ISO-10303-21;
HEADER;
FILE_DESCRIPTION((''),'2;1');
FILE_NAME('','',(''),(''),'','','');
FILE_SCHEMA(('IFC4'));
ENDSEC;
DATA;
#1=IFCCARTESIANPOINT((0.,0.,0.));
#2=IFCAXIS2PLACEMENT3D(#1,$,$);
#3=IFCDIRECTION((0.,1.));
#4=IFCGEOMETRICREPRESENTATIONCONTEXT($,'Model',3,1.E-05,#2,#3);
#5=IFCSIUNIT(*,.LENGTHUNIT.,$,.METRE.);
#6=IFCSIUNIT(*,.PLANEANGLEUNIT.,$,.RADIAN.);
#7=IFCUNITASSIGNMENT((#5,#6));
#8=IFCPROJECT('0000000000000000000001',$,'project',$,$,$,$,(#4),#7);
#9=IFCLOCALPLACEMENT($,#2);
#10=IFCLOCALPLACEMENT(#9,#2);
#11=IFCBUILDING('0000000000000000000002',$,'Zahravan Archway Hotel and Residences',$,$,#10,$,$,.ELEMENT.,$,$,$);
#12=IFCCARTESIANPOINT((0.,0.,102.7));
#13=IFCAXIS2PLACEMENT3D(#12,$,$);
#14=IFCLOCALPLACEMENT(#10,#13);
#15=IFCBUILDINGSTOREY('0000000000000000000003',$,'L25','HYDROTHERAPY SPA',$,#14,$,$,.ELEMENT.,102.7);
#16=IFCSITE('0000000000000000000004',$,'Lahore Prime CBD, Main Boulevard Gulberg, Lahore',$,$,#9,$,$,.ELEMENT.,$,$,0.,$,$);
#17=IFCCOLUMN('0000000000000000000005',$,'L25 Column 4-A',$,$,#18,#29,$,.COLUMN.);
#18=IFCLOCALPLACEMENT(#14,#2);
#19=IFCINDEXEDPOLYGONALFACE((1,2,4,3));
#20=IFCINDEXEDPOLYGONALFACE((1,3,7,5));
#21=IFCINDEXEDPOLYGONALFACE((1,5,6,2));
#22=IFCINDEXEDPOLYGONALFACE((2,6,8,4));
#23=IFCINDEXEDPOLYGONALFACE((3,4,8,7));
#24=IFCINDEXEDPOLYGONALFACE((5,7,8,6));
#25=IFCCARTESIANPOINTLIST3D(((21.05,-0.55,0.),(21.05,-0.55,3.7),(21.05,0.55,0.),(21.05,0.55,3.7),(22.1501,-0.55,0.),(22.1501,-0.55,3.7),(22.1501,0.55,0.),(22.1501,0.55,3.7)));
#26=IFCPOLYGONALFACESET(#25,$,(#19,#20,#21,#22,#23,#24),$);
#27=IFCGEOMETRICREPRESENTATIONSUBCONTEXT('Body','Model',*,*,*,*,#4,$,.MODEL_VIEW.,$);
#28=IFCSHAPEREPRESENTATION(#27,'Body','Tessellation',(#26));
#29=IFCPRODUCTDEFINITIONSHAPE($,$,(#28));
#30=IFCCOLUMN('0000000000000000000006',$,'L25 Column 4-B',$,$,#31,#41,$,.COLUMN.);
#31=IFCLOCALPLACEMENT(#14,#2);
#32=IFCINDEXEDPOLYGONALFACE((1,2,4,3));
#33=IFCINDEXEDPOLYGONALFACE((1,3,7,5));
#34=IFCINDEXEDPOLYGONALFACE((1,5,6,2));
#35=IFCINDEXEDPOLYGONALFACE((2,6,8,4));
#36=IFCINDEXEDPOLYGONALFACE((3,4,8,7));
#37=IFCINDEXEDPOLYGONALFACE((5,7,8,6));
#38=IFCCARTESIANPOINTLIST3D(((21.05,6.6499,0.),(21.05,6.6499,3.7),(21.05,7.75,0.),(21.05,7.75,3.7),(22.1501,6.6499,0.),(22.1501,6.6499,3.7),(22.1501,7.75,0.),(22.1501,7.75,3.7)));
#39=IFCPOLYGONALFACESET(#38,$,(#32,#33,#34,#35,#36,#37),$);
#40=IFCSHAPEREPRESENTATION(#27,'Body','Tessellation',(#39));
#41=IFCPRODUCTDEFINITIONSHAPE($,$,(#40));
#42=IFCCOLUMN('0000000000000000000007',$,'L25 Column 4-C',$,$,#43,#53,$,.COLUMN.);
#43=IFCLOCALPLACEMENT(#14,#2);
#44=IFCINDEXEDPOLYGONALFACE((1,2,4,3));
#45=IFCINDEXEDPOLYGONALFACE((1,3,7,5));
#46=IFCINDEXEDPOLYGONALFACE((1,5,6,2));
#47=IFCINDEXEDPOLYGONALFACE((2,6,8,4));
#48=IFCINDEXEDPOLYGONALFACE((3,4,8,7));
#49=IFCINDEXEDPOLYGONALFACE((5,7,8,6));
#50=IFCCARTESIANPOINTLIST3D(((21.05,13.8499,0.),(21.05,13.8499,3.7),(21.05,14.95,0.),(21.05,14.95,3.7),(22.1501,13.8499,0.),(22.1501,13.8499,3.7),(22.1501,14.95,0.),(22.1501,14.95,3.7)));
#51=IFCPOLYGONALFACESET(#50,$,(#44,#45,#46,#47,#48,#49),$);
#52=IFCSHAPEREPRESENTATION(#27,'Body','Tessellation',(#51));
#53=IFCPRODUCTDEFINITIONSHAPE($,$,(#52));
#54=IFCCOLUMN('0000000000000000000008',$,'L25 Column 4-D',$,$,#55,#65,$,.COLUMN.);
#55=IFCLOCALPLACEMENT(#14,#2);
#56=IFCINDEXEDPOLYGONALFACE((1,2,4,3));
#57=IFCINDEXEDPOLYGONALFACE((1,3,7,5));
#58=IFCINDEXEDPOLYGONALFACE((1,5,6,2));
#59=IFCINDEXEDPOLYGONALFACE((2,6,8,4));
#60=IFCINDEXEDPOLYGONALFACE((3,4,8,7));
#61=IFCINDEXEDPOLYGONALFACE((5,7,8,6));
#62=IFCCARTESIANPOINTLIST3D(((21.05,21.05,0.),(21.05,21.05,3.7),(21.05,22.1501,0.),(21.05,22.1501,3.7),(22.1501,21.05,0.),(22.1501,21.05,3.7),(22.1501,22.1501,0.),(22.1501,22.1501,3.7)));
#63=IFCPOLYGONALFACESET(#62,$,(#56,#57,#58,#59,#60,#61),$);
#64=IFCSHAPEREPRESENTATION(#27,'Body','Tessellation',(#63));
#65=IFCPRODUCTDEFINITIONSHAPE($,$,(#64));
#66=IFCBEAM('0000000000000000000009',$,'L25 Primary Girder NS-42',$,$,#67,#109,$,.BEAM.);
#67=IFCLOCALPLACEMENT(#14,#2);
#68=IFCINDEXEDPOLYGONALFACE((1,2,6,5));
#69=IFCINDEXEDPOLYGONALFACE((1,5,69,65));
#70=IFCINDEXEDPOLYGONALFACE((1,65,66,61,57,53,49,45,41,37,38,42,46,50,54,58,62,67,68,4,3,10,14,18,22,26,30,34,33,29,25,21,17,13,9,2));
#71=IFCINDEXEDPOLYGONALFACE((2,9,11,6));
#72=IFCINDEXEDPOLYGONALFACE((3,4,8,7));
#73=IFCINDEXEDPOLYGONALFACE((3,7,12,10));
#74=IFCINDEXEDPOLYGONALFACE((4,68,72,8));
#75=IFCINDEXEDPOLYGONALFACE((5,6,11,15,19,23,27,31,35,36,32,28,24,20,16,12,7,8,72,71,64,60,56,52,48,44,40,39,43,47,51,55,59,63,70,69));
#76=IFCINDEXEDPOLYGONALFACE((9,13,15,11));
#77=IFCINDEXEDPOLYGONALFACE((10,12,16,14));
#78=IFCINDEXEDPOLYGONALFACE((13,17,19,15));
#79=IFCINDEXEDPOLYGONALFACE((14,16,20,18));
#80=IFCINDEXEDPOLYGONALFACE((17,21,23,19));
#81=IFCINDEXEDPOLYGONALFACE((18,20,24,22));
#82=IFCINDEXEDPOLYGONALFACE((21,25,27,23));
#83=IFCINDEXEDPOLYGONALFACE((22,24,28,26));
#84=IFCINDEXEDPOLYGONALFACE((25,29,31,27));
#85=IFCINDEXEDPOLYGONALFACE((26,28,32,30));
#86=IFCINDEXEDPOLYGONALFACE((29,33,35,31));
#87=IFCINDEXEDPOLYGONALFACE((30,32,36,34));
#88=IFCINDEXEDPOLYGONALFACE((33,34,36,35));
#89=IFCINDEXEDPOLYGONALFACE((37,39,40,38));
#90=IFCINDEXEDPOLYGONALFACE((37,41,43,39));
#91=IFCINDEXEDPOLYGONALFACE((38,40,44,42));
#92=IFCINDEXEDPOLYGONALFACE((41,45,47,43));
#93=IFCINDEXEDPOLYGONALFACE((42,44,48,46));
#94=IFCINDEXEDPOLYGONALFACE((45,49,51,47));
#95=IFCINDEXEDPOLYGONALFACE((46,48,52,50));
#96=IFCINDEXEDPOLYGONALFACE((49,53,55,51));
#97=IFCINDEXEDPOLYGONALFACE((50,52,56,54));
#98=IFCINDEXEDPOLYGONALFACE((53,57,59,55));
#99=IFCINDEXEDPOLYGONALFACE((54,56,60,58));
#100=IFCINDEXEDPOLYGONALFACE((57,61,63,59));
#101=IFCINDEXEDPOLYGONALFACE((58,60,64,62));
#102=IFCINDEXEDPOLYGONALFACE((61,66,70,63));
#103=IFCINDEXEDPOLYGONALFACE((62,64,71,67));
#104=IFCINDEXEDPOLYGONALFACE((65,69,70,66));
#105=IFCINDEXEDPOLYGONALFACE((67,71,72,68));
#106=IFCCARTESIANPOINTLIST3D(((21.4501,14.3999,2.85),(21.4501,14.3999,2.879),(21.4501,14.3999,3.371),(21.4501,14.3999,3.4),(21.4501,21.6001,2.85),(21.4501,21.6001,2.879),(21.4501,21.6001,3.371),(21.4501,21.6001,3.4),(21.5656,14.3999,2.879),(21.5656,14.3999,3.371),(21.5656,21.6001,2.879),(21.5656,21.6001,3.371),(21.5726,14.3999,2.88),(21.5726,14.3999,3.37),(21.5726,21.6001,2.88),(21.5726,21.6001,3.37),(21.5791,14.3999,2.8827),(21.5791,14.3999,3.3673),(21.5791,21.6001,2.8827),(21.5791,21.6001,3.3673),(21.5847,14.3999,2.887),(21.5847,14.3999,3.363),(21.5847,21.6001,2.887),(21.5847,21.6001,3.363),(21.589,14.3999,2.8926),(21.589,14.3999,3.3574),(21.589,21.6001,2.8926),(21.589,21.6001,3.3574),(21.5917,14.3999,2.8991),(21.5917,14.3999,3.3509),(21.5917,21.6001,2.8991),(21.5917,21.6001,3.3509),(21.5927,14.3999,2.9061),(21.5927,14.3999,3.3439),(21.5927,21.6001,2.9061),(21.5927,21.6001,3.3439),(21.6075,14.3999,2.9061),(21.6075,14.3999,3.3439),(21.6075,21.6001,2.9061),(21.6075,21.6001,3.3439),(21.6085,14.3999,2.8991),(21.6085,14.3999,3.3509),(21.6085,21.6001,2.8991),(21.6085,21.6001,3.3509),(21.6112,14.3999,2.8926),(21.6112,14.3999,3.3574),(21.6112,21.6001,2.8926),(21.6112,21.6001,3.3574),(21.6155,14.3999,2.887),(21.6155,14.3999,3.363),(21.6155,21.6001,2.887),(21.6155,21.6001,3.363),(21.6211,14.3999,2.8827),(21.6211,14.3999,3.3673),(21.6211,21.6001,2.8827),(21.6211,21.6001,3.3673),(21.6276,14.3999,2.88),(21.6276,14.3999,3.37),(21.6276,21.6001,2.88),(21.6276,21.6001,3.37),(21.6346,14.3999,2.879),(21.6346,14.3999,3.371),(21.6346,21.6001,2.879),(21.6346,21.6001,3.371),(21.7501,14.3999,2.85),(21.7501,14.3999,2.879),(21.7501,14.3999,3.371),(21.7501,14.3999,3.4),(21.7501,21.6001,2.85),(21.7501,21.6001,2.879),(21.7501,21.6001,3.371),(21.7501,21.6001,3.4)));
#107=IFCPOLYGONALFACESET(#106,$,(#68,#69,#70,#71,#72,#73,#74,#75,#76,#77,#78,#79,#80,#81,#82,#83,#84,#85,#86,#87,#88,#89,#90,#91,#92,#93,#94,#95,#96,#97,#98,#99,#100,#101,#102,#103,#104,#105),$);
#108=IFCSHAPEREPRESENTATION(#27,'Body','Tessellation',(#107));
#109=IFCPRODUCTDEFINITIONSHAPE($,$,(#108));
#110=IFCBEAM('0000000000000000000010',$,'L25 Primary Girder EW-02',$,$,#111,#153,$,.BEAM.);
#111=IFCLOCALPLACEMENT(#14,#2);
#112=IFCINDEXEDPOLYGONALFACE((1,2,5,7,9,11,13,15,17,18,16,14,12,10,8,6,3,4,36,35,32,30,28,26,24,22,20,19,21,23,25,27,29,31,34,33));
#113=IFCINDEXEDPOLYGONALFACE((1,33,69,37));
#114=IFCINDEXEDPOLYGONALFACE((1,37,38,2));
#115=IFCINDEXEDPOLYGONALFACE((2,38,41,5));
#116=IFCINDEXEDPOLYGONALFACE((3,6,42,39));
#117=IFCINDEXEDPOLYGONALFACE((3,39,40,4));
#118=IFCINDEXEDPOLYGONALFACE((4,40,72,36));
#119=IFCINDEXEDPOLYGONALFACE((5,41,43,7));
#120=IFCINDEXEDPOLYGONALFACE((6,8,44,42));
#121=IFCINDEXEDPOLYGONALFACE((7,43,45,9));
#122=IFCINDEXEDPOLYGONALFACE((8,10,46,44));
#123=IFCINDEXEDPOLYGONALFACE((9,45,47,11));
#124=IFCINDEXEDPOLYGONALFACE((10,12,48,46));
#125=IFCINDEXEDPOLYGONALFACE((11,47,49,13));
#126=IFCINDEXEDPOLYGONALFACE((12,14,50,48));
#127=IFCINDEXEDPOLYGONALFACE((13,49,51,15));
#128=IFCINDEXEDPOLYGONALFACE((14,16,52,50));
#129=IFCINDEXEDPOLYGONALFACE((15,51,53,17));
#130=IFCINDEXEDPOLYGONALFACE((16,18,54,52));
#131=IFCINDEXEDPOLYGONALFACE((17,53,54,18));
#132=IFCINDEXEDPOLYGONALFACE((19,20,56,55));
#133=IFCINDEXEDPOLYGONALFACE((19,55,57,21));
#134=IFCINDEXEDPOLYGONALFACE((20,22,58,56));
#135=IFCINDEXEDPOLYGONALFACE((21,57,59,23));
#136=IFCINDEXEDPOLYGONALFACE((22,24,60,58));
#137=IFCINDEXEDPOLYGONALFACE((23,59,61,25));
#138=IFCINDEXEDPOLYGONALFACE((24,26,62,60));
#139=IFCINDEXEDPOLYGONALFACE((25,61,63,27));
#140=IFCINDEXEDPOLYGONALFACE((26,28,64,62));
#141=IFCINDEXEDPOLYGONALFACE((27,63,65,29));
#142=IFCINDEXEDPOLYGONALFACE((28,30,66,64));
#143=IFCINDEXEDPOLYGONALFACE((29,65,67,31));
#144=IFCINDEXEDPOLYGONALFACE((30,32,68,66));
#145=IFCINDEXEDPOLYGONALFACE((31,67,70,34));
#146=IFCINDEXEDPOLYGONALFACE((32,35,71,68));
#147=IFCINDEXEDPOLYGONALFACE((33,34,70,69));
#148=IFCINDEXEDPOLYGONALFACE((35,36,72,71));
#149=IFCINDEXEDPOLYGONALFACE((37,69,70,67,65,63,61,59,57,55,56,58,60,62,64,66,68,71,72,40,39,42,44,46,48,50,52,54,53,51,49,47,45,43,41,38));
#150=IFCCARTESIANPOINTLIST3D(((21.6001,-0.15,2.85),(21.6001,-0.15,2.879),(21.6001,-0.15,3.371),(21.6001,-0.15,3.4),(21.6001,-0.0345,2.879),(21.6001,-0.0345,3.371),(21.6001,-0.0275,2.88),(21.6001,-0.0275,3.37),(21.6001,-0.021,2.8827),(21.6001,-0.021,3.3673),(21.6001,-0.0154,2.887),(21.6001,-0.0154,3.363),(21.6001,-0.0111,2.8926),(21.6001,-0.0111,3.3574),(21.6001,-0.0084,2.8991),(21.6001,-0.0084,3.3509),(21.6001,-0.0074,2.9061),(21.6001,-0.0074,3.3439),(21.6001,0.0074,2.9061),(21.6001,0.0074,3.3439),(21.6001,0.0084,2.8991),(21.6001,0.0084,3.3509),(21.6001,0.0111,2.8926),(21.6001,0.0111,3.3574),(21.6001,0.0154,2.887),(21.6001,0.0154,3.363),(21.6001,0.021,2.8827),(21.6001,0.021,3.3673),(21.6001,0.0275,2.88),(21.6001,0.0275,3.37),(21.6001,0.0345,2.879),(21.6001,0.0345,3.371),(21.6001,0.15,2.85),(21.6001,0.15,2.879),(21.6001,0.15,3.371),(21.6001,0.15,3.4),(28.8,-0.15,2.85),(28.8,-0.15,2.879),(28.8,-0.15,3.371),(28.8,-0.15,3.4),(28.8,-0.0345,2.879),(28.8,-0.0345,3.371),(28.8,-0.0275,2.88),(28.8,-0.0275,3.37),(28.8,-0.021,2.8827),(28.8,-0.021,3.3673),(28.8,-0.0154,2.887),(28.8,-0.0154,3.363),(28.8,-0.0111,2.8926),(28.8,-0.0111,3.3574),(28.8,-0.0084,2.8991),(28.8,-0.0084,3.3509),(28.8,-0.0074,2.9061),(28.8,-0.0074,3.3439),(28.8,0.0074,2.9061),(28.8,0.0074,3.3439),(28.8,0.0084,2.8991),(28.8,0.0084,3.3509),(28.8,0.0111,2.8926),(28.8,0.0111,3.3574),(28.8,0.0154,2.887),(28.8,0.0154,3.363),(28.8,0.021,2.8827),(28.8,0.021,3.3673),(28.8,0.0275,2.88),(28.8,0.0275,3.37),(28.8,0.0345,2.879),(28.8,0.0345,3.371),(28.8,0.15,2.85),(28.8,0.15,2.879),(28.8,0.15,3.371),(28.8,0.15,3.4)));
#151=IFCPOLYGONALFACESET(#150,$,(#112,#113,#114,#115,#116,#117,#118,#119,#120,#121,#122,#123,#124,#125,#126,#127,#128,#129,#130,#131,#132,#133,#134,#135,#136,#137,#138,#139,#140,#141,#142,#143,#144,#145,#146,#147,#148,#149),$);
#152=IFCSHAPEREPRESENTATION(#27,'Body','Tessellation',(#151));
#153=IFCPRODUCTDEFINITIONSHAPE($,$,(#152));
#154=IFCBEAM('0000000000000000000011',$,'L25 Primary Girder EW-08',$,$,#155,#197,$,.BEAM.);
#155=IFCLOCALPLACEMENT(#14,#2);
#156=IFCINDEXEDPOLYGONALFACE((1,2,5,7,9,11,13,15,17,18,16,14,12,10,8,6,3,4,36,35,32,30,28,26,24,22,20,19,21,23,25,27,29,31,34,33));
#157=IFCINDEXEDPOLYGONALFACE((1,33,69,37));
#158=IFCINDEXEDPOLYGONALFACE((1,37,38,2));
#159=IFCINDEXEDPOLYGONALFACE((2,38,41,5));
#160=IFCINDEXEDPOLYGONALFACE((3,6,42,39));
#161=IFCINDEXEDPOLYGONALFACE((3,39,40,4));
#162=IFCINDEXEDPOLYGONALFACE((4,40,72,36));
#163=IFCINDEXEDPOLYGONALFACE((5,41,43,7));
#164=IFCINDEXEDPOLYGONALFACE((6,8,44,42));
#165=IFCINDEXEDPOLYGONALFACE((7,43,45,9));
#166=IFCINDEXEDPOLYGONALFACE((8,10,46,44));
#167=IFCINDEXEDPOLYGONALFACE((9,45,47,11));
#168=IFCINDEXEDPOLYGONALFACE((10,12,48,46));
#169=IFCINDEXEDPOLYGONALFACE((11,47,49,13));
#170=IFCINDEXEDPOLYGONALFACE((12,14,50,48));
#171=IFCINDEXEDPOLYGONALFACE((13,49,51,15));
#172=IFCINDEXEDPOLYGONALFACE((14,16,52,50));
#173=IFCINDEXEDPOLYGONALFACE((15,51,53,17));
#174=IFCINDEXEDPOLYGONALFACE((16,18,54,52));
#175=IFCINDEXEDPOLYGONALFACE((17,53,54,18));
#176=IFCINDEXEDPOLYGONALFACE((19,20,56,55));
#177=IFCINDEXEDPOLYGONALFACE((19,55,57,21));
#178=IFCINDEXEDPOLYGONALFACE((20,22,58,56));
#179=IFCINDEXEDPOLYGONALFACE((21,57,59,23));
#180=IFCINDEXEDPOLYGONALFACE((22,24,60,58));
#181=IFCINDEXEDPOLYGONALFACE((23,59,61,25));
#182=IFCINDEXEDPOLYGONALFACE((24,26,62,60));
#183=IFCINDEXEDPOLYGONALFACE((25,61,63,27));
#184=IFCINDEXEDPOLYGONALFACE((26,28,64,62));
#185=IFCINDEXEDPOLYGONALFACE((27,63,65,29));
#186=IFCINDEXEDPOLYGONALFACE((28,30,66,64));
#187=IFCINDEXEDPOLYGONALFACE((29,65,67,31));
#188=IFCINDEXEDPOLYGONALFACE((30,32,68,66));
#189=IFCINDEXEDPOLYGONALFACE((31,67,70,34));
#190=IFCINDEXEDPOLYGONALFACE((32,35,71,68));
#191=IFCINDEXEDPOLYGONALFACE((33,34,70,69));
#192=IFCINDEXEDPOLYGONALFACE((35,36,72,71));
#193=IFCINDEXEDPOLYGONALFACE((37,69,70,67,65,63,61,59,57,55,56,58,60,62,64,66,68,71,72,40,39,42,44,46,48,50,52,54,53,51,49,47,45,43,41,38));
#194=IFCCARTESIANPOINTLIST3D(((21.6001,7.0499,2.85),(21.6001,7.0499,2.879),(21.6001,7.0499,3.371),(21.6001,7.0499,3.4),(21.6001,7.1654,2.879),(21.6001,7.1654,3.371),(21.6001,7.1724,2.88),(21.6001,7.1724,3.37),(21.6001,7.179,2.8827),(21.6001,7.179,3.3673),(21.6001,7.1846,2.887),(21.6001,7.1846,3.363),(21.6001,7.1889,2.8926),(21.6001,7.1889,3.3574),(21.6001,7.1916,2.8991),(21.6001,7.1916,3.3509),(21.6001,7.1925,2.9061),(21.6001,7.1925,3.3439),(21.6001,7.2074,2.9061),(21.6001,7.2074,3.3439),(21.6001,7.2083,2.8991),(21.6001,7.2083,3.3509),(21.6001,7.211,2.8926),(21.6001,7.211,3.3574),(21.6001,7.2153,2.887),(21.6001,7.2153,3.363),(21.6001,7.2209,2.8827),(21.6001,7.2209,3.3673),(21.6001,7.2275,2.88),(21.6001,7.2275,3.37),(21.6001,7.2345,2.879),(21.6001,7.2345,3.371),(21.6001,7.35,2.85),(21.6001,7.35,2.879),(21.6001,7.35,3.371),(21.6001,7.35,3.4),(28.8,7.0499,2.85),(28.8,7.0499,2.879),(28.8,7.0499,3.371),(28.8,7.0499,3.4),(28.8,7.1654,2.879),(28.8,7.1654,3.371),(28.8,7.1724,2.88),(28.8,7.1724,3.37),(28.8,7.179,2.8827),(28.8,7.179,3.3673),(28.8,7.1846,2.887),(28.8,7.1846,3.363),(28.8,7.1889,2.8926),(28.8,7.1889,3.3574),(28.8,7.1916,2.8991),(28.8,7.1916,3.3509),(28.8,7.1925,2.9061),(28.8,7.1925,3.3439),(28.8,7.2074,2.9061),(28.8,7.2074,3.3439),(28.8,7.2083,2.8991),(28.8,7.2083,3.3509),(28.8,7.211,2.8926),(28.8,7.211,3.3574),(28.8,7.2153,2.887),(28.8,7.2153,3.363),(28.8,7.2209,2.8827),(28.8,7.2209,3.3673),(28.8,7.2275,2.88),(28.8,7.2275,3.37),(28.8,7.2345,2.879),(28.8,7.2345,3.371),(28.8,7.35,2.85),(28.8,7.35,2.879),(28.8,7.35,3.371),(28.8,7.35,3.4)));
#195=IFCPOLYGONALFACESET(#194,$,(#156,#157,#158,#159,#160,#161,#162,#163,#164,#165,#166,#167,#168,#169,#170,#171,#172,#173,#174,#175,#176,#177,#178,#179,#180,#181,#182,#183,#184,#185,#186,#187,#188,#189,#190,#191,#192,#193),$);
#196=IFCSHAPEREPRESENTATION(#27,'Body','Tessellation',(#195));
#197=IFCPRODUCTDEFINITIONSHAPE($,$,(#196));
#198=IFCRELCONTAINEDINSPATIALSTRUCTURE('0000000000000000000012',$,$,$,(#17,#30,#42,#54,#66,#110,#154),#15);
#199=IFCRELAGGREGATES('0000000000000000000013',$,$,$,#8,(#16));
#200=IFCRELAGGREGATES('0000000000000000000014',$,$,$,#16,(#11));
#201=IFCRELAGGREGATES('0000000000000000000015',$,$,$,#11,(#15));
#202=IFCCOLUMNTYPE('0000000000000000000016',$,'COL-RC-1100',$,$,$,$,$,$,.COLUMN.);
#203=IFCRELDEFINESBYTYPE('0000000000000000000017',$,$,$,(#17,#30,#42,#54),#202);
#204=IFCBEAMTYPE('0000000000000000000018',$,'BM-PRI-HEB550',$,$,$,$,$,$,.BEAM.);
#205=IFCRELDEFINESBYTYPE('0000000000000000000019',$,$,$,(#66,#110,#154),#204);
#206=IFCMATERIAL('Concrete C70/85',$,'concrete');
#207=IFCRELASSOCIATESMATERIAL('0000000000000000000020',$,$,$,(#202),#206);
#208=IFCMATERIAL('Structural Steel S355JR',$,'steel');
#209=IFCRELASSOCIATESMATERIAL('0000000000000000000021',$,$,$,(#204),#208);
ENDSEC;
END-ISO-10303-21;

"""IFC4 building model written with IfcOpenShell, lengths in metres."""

from ifc_helpers import new_model, si_unit, direction, frame, origin, origin_2d, place, context, subcontext, project, spatial, rectangle, i_section, extrude, source, transform, mapped, material, material_profile, profile_set, type_object, type_shapes, element, save


model = new_model("IFC4")

# Units and contexts
model_context = context("Model", 3, precision=1e-05, world=origin(), true_north=direction((0.0, 1.0)))
body_context = subcontext(model_context, "Body", "Model", "MODEL_VIEW")
ifc_project = project(units=[si_unit("LENGTHUNIT", "METRE"), si_unit("PLANEANGLEUNIT", "RADIAN")], contexts=[model_context])

# Site, building, storey
site_placement = place(None, origin())
site = spatial("IfcSite", under=ifc_project, at=site_placement, Name="Lahore Prime CBD, Main Boulevard Gulberg, Lahore", CompositionType="ELEMENT", RefElevation=0.0)
building_placement = place(site_placement, origin())
building = spatial("IfcBuilding", under=site, at=building_placement, Name="Zahravan Archway Hotel and Residences", CompositionType="ELEMENT")
storey_placement = place(building_placement, frame((0.0, 0.0, 102.7)))
storey = spatial("IfcBuildingStorey", under=building, at=storey_placement, Name="L25", Description="HYDROTHERAPY SPA", CompositionType="ELEMENT", Elevation=102.7)

# Columns
ifc_material_1 = material(Name="Concrete C70/85", Category="concrete")
ifc_material_profile_1 = material_profile(ifc_material_1, rectangle(XDim=1.1001, YDim=1.1001, at=origin_2d()), Name="RC 1100x1100", Category="concrete")
ifc_profile_set_1 = profile_set([ifc_material_profile_1], Name="Concrete C70/85")
column_type = type_object("IfcColumnType", Name="COL-RC-1100", PredefinedType="COLUMN", material=ifc_profile_set_1)
shared_shape_1 = source(origin(), body_context, "Body", "SweptSolid", [
    extrude(rectangle(XDim=1.1001, YDim=1.1001, at=origin_2d()), origin(), (0.0, 0.0, 1.0), 3.7),
])
for number, where, z_axis, x_axis, name in (
    (1, (21.6001, 0.0, 0.0), (0.0, 0.0, 1.0), (1.0, 0.0, 0.0), "L25 Column 4-A"),
    (2, (21.6001, 7.2, 0.0), (0.0, 0.0, 1.0), (1.0, 0.0, 0.0), "L25 Column 4-B"),
    (3, (21.6001, 14.3999, 0.0), (0.0, 0.0, 1.0), (1.0, 0.0, 0.0), "L25 Column 4-C"),
    (4, (21.6001, 21.6001, 0.0), (0.0, 0.0, 1.0), (1.0, 0.0, 0.0), "L25 Column 4-D"),
):
    element("IfcColumn", number, at=place(storey_placement, frame(where, z_axis=z_axis, x_axis=x_axis)), inside=storey, type_object=column_type, Name=name, PredefinedType="COLUMN", context=body_context, shape_type="MappedRepresentation", body=[
        mapped(shared_shape_1, transform((0.0, 0.0, 0.0), scale=1.0)),
    ])

# Beams
ifc_material_2 = material(Name="Structural Steel S355JR", Category="steel")
ifc_material_profile_2 = material_profile(ifc_material_2, i_section(OverallWidth=0.3, OverallDepth=0.55, WebThickness=0.0149, FlangeThickness=0.0291, FilletRadius=0.0271, at=origin_2d()), Name="HEB 550", Category="steel")
ifc_profile_set_2 = profile_set([ifc_material_profile_2], Name="Structural Steel S355JR")
beam_type_1 = type_object("IfcBeamType", Name="BM-PRI-HEB550", PredefinedType="BEAM", material=ifc_profile_set_2)
shared_shape_2 = source(origin(), body_context, "Body", "SweptSolid", [
    extrude(i_section(OverallWidth=0.3, OverallDepth=0.55, WebThickness=0.0149, FlangeThickness=0.0291, FilletRadius=0.0271, at=origin_2d()), origin(), (0.0, 0.0, 1.0), 7.2002),
])
type_shapes(beam_type_1, [shared_shape_2])
beam_placement = place(storey_placement, frame((21.6001, 14.3999, 3.125), z_axis=(0.0, 1.0, 0.0), x_axis=(-1.0, 0.0, 0.0)))
element("IfcBeam", 5, at=beam_placement, inside=storey, type_object=beam_type_1, Name="L25 Primary Girder NS-42", PredefinedType="BEAM", context=body_context, shape_type="MappedRepresentation", body=[
    mapped(shared_shape_2, transform((0.0, 0.0, 0.0), scale=1.0)),
])
shared_shape_3 = source(origin(), body_context, "Body", "SweptSolid", [
    extrude(i_section(OverallWidth=0.3, OverallDepth=0.55, WebThickness=0.0149, FlangeThickness=0.0291, FilletRadius=0.0271, at=origin_2d()), origin(), (0.0, 0.0, 1.0), 7.2),
])
for number, where, z_axis, x_axis, name in (
    (6, (21.6001, 0.0, 3.125), (1.0, 0.0, 0.0), (0.0, 1.0, 0.0), "L25 Primary Girder EW-02"),
    (7, (21.6001, 7.2, 3.125), (1.0, 0.0, 0.0), (0.0, 1.0, 0.0), "L25 Primary Girder EW-08"),
):
    element("IfcBeam", number, at=place(storey_placement, frame(where, z_axis=z_axis, x_axis=x_axis)), inside=storey, type_object=beam_type_1, Name=name, PredefinedType="BEAM", context=body_context, shape_type="MappedRepresentation", body=[
        mapped(shared_shape_3, transform((0.0, 0.0, 0.0), scale=1.0)),
    ])

save(model, "model.ifc")
